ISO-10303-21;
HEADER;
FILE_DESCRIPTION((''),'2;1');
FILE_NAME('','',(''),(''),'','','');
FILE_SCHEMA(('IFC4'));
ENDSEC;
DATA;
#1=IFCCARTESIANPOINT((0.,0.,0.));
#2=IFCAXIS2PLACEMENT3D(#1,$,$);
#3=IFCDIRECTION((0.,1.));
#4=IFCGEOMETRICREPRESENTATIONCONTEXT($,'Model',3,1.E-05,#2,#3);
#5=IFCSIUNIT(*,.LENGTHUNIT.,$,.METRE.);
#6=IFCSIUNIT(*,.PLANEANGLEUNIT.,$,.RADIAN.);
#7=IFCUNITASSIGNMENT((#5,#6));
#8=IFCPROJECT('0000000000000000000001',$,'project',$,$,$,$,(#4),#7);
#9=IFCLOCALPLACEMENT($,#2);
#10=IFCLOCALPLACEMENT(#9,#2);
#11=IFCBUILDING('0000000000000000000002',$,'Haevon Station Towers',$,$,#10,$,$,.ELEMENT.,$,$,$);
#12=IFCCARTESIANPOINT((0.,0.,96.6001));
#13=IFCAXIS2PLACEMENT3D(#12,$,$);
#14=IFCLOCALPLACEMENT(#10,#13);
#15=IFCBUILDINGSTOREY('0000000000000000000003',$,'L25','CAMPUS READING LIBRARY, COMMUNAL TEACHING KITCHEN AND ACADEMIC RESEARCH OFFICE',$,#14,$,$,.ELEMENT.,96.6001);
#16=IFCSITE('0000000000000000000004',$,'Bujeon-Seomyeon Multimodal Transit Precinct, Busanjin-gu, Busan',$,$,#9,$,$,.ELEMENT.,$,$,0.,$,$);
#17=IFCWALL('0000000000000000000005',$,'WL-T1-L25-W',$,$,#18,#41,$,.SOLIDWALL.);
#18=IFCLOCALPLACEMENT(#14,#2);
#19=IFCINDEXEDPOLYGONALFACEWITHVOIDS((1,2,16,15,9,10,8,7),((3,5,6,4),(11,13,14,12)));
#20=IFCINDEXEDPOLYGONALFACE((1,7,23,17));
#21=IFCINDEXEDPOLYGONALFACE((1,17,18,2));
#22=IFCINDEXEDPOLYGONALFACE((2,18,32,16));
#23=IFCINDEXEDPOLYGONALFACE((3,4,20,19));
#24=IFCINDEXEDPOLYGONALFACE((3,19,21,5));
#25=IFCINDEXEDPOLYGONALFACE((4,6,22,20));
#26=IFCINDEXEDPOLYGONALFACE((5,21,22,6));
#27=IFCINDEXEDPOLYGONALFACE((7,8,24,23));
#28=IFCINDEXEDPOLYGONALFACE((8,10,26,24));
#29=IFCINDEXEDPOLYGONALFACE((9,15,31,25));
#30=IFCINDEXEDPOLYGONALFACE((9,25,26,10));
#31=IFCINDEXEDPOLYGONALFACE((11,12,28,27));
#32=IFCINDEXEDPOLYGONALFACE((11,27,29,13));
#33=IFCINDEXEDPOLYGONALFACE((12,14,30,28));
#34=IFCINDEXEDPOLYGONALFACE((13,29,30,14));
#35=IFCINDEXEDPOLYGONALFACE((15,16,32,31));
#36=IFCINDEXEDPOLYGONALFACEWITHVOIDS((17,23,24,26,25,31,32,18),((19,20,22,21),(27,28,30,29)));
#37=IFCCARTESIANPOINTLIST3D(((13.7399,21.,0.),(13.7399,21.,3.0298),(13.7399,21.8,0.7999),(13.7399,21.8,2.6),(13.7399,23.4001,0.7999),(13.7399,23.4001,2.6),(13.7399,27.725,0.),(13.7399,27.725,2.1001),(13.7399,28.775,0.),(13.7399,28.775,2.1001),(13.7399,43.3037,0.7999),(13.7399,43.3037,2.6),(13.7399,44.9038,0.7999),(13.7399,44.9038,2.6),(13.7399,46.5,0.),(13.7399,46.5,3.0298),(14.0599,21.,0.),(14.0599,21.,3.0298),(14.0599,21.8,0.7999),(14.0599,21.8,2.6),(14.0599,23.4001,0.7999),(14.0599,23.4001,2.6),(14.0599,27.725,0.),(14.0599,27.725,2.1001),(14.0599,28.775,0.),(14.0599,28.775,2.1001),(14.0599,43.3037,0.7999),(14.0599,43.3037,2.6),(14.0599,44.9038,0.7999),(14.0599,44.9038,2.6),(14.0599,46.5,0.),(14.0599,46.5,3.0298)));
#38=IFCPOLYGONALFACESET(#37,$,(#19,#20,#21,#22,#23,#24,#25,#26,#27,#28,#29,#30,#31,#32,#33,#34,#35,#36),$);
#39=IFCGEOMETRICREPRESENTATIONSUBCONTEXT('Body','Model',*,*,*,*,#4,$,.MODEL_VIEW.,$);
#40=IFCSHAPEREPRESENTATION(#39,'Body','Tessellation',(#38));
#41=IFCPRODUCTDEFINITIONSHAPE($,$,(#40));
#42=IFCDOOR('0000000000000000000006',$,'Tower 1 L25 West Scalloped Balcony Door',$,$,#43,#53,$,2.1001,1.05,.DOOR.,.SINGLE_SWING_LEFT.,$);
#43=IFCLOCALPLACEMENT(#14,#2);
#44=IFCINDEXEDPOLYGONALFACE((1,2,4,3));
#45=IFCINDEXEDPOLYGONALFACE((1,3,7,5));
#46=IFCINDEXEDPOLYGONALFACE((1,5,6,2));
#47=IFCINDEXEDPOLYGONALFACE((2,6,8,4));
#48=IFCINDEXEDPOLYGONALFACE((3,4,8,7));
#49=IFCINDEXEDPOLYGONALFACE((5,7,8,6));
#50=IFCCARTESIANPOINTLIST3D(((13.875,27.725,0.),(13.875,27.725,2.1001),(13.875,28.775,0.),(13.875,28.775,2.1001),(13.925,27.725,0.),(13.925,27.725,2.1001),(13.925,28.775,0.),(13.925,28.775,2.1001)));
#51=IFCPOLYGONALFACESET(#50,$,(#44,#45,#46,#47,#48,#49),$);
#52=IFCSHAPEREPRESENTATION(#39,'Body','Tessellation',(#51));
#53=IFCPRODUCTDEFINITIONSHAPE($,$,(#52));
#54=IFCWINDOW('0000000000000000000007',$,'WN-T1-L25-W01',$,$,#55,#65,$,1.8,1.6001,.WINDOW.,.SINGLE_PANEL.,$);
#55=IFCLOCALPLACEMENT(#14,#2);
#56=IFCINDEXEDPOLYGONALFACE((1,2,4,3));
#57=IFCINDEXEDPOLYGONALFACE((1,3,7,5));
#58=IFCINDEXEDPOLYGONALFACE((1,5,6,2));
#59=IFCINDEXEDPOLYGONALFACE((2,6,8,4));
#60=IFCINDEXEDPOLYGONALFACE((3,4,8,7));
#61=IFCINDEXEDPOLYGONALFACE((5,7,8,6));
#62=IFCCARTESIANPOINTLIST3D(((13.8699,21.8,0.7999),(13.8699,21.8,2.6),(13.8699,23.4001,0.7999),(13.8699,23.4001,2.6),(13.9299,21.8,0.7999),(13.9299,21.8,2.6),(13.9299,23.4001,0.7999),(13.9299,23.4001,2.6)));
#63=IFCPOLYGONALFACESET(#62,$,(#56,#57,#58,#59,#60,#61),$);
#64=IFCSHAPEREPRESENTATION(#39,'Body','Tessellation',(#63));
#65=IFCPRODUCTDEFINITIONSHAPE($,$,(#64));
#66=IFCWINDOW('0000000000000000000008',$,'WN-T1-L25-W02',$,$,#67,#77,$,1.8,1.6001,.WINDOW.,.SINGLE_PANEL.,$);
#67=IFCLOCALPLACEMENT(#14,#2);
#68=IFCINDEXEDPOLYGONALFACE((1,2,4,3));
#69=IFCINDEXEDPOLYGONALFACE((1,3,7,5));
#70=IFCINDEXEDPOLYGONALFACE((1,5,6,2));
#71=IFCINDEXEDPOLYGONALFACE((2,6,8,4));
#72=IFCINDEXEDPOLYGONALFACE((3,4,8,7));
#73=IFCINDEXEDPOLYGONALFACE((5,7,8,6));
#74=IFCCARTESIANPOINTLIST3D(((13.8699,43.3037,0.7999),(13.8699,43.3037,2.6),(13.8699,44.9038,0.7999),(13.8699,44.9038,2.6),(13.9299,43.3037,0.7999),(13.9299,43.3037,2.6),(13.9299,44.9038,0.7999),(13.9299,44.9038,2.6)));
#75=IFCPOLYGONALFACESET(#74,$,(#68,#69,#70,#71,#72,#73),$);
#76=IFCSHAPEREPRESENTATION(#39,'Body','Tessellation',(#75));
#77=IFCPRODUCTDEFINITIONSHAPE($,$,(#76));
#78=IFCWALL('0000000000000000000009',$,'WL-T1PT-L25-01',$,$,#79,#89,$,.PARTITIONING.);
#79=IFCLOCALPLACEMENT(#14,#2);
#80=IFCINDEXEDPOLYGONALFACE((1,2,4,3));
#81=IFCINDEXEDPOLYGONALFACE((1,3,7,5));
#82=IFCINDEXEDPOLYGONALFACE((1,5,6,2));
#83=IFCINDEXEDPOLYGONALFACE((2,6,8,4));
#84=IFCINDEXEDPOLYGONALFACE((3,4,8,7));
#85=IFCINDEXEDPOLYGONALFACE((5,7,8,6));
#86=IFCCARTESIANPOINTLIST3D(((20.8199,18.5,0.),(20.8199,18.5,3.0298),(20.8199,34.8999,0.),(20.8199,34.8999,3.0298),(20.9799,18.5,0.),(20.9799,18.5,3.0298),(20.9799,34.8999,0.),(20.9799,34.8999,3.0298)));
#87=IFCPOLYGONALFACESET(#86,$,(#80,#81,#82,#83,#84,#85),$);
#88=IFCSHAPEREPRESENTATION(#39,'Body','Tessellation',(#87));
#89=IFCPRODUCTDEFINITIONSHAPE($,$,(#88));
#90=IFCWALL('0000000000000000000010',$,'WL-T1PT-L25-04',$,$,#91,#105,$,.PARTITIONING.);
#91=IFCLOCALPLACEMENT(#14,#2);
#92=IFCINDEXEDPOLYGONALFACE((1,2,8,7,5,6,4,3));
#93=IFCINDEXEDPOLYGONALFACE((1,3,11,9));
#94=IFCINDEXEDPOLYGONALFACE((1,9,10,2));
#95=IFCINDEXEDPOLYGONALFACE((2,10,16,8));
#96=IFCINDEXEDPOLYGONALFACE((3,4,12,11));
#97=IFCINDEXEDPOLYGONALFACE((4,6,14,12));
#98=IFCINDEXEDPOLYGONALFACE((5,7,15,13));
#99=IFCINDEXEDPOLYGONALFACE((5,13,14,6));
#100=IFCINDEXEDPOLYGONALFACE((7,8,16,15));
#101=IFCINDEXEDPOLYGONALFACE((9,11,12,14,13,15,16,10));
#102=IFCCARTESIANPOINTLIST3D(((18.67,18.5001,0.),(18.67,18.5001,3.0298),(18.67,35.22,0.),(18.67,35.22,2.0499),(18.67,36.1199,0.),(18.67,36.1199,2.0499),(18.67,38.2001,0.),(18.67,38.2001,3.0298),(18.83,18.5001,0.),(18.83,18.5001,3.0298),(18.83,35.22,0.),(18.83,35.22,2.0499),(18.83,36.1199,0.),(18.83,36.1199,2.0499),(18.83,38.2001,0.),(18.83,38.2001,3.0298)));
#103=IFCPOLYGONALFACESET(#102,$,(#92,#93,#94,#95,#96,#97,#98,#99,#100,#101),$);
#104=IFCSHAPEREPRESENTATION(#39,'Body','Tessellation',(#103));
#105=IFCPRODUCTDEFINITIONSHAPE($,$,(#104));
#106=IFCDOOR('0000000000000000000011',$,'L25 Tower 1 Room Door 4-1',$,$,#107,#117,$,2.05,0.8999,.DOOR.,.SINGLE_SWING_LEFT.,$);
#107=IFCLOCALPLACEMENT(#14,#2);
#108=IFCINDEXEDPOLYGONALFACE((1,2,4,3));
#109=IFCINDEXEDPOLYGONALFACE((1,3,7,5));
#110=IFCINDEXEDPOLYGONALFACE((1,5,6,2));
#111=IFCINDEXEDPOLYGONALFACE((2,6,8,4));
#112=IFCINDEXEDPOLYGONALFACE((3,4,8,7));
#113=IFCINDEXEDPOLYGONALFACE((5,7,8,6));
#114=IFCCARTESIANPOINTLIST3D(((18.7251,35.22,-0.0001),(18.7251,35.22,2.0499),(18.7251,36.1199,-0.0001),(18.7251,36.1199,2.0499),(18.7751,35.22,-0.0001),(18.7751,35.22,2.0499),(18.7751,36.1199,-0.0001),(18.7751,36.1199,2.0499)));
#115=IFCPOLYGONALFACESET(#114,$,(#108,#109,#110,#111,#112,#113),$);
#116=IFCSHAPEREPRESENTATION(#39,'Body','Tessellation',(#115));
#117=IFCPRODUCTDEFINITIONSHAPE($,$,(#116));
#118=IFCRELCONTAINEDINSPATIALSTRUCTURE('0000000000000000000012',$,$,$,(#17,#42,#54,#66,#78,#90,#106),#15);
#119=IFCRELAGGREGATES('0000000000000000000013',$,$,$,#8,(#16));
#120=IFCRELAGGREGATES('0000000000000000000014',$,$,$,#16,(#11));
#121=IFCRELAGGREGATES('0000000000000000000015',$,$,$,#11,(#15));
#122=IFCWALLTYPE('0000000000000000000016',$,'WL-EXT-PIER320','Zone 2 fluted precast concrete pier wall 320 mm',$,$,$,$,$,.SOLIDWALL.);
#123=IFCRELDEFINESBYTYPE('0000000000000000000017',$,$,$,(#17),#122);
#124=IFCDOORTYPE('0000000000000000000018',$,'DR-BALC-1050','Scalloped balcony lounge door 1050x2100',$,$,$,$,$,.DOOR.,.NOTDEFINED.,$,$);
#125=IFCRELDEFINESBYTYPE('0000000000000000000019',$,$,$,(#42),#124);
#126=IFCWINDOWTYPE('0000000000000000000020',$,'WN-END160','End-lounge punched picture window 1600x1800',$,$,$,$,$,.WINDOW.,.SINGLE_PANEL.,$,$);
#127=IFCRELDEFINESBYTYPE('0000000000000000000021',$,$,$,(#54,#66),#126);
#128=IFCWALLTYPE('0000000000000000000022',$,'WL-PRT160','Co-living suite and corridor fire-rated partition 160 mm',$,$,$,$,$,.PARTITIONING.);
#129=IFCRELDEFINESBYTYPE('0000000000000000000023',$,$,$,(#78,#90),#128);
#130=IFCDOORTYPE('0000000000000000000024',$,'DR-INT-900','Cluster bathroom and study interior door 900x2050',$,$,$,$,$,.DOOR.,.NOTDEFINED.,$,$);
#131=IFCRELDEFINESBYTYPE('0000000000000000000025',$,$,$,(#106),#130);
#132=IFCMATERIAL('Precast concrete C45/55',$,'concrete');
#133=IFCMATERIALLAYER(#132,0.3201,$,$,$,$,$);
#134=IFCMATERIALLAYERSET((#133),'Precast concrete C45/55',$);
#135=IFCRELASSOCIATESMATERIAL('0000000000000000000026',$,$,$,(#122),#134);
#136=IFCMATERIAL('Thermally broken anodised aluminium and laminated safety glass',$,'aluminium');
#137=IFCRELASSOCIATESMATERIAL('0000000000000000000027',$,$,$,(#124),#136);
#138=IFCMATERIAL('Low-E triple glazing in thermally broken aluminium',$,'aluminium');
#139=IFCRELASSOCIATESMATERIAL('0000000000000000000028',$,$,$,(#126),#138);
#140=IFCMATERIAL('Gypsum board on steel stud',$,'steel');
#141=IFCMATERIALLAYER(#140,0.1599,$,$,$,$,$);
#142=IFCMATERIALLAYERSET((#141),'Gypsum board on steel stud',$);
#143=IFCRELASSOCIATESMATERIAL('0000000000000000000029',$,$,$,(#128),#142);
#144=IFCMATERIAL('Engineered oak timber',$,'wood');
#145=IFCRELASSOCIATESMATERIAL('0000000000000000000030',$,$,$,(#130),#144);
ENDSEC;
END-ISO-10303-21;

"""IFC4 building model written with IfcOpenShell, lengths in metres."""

from ifc_helpers import new_model, si_unit, direction, frame, frame_2d, origin, place, context, subcontext, project, spatial, rectangle, extrude, material, layer, layer_set, type_object, element, fill, save


model = new_model("IFC4")

# Units and contexts
model_context = context("Model", 3, precision=1e-05, world=origin(), true_north=direction((0.0, 1.0)))
body_context = subcontext(model_context, "Body", "Model", "MODEL_VIEW")
ifc_project = project(units=[si_unit("LENGTHUNIT", "METRE"), si_unit("PLANEANGLEUNIT", "RADIAN")], contexts=[model_context])

# Site, building, storey
site_placement = place(None, origin())
site = spatial("IfcSite", under=ifc_project, at=site_placement, Name="Bujeon-Seomyeon Multimodal Transit Precinct, Busanjin-gu, Busan", CompositionType="ELEMENT", RefElevation=0.0)
building_placement = place(site_placement, origin())
building = spatial("IfcBuilding", under=site, at=building_placement, Name="Haevon Station Towers", CompositionType="ELEMENT")
storey_placement = place(building_placement, frame((0.0, 0.0, 96.6001)))
storey = spatial("IfcBuildingStorey", under=building, at=storey_placement, Name="L25", Description="CAMPUS READING LIBRARY, COMMUNAL TEACHING KITCHEN AND ACADEMIC RESEARCH OFFICE", CompositionType="ELEMENT", Elevation=96.6001)

# Shared definitions
ifc_material_1 = material(Name="Precast concrete C45/55", Category="concrete")
ifc_layer_1 = layer(ifc_material_1, 0.3201)
ifc_layer_set_1 = layer_set([ifc_layer_1], Name="Precast concrete C45/55")
wall_type_1 = type_object("IfcWallType", Name="WL-EXT-PIER320", Description="Zone 2 fluted precast concrete pier wall 320 mm", PredefinedType="SOLIDWALL", material=ifc_layer_set_1)

# Wall, openings, door, windows
wall_1_placement = place(storey_placement, frame((13.8999, 21.0, 0.0), z_axis=(0.0, 0.0, 1.0), x_axis=(0.0, 1.0, 0.0)))
wall_1 = element("IfcWall", 1, at=wall_1_placement, inside=storey, type_object=wall_type_1, Name="WL-T1-L25-W", PredefinedType="SOLIDWALL", context=body_context, shape_type="SweptSolid", body=[
    extrude(rectangle(XDim=25.5, YDim=0.3201, at=frame_2d((12.75, 0.0))), origin(), (0.0, 0.0, 1.0), 3.0298),
])
opening_1_placement = place(wall_1_placement, frame((6.7251, 0.0, 0.0)))
opening_1 = element("IfcOpeningElement", 2, at=opening_1_placement, cuts=wall_1, PredefinedType="OPENING", context=body_context, shape_type="SweptSolid", body=[
    extrude(rectangle(XDim=1.05, YDim=2.1001, at=frame_2d((0.5249, 1.05))), frame((0.0, 0.1699, 0.0), z_axis=(0.0, -1.0, 0.0), x_axis=(1.0, 0.0, 0.0)), (0.0, 0.0, 1.0), 0.3401),
])
opening_2_placement = place(wall_1_placement, frame((0.8, 0.0, 0.8)))
opening_2 = element("IfcOpeningElement", 3, at=opening_2_placement, cuts=wall_1, PredefinedType="OPENING", context=body_context, shape_type="SweptSolid", body=[
    extrude(rectangle(XDim=1.6001, YDim=1.8, at=frame_2d((0.8, 0.8999))), frame((0.0, 0.1699, 0.0), z_axis=(0.0, -1.0, 0.0), x_axis=(1.0, 0.0, 0.0)), (0.0, 0.0, 1.0), 0.3401),
])
opening_3_placement = place(wall_1_placement, frame((22.3037, 0.0, 0.8)))
opening_3 = element("IfcOpeningElement", 4, at=opening_3_placement, cuts=wall_1, PredefinedType="OPENING", context=body_context, shape_type="SweptSolid", body=[
    extrude(rectangle(XDim=1.6001, YDim=1.8, at=frame_2d((0.8, 0.8999))), frame((0.0, 0.1699, 0.0), z_axis=(0.0, -1.0, 0.0), x_axis=(1.0, 0.0, 0.0)), (0.0, 0.0, 1.0), 0.3401),
])
ifc_material_2 = material(Name="Thermally broken anodised aluminium and laminated safety glass", Category="aluminium")
door_type_1 = type_object("IfcDoorType", Name="DR-BALC-1050", Description="Scalloped balcony lounge door 1050x2100", OperationType="NOTDEFINED", PredefinedType="DOOR", material=ifc_material_2)
door_1_placement = place(opening_1_placement, origin())
door_1 = element("IfcDoor", 5, at=door_1_placement, inside=storey, type_object=door_type_1, Name="Tower 1 L25 West Scalloped Balcony Door", OperationType="SINGLE_SWING_LEFT", OverallHeight=2.1001, OverallWidth=1.05, PredefinedType="DOOR", context=body_context, shape_type="SweptSolid", body=[
    extrude(rectangle(XDim=1.05, YDim=2.1001, at=frame_2d((0.5249, 1.05))), frame((0.0, 0.0249, 0.0), z_axis=(0.0, -1.0, 0.0), x_axis=(1.0, 0.0, 0.0)), (0.0, 0.0, 1.0), 0.05),
])
fill(opening_1, door_1)
ifc_material_3 = material(Name="Low-E triple glazing in thermally broken aluminium", Category="aluminium")
window_type = type_object("IfcWindowType", Name="WN-END160", Description="End-lounge punched picture window 1600x1800", PartitioningType="SINGLE_PANEL", PredefinedType="WINDOW", material=ifc_material_3)
window_1_placement = place(opening_2_placement, origin())
window_1 = element("IfcWindow", 6, at=window_1_placement, inside=storey, type_object=window_type, Name="WN-T1-L25-W01", OverallHeight=1.8, OverallWidth=1.6001, PartitioningType="SINGLE_PANEL", PredefinedType="WINDOW", context=body_context, shape_type="SweptSolid", body=[
    extrude(rectangle(XDim=1.6001, YDim=1.8, at=frame_2d((0.8, 0.8999))), frame((0.0, 0.03, 0.0), z_axis=(0.0, -1.0, 0.0), x_axis=(1.0, 0.0, 0.0)), (0.0, 0.0, 1.0), 0.0601),
])
fill(opening_2, window_1)
window_2_placement = place(opening_3_placement, origin())
window_2 = element("IfcWindow", 7, at=window_2_placement, inside=storey, type_object=window_type, Name="WN-T1-L25-W02", OverallHeight=1.8, OverallWidth=1.6001, PartitioningType="SINGLE_PANEL", PredefinedType="WINDOW", context=body_context, shape_type="SweptSolid", body=[
    extrude(rectangle(XDim=1.6001, YDim=1.8, at=frame_2d((0.8, 0.8999))), frame((0.0, 0.03, 0.0), z_axis=(0.0, -1.0, 0.0), x_axis=(1.0, 0.0, 0.0)), (0.0, 0.0, 1.0), 0.0601),
])
fill(opening_3, window_2)

# Wall
ifc_material_4 = material(Name="Gypsum board on steel stud", Category="steel")
ifc_layer_2 = layer(ifc_material_4, 0.1599)
ifc_layer_set_2 = layer_set([ifc_layer_2], Name="Gypsum board on steel stud")
wall_type_2 = type_object("IfcWallType", Name="WL-PRT160", Description="Co-living suite and corridor fire-rated partition 160 mm", PredefinedType="PARTITIONING", material=ifc_layer_set_2)
wall_2_placement = place(storey_placement, frame((20.8999, 18.5, 0.0), z_axis=(0.0, 0.0, 1.0), x_axis=(0.0, 1.0, 0.0)))
element("IfcWall", 8, at=wall_2_placement, inside=storey, type_object=wall_type_2, Name="WL-T1PT-L25-01", PredefinedType="PARTITIONING", context=body_context, shape_type="SweptSolid", body=[
    extrude(rectangle(XDim=16.3999, YDim=0.1599, at=frame_2d((8.2, 0.0))), origin(), (0.0, 0.0, 1.0), 3.0298),
])

# Wall, opening, door
wall_3_placement = place(storey_placement, frame((18.75, 18.5, 0.0), z_axis=(0.0, 0.0, 1.0), x_axis=(0.0, 1.0, 0.0)))
wall_3 = element("IfcWall", 9, at=wall_3_placement, inside=storey, type_object=wall_type_2, Name="WL-T1PT-L25-04", PredefinedType="PARTITIONING", context=body_context, shape_type="SweptSolid", body=[
    extrude(rectangle(XDim=19.7, YDim=0.1599, at=frame_2d((9.8501, 0.0))), origin(), (0.0, 0.0, 1.0), 3.0298),
])
opening_4_placement = place(wall_3_placement, frame((16.72, 0.0, 0.0)))
opening_4 = element("IfcOpeningElement", 10, at=opening_4_placement, cuts=wall_3, PredefinedType="OPENING", context=body_context, shape_type="SweptSolid", body=[
    extrude(rectangle(XDim=0.8999, YDim=2.05, at=frame_2d((0.45, 1.0249))), frame((0.0, 0.0898, 0.0), z_axis=(0.0, -1.0, 0.0), x_axis=(1.0, 0.0, 0.0)), (0.0, 0.0, 1.0), 0.1799),
])
ifc_material_5 = material(Name="Engineered oak timber", Category="wood")
door_type_2 = type_object("IfcDoorType", Name="DR-INT-900", Description="Cluster bathroom and study interior door 900x2050", OperationType="NOTDEFINED", PredefinedType="DOOR", material=ifc_material_5)
door_2_placement = place(opening_4_placement, origin())
door_2 = element("IfcDoor", 11, at=door_2_placement, inside=storey, type_object=door_type_2, Name="L25 Tower 1 Room Door 4-1", OperationType="SINGLE_SWING_LEFT", OverallHeight=2.05, OverallWidth=0.8999, PredefinedType="DOOR", context=body_context, shape_type="SweptSolid", body=[
    extrude(rectangle(XDim=0.8999, YDim=2.05, at=frame_2d((0.45, 1.0249))), frame((0.0, 0.0249, 0.0), z_axis=(0.0, -1.0, 0.0), x_axis=(1.0, 0.0, 0.0)), (0.0, 0.0, 1.0), 0.05),
])
fill(opening_4, door_2)

save(model, "model.ifc")
